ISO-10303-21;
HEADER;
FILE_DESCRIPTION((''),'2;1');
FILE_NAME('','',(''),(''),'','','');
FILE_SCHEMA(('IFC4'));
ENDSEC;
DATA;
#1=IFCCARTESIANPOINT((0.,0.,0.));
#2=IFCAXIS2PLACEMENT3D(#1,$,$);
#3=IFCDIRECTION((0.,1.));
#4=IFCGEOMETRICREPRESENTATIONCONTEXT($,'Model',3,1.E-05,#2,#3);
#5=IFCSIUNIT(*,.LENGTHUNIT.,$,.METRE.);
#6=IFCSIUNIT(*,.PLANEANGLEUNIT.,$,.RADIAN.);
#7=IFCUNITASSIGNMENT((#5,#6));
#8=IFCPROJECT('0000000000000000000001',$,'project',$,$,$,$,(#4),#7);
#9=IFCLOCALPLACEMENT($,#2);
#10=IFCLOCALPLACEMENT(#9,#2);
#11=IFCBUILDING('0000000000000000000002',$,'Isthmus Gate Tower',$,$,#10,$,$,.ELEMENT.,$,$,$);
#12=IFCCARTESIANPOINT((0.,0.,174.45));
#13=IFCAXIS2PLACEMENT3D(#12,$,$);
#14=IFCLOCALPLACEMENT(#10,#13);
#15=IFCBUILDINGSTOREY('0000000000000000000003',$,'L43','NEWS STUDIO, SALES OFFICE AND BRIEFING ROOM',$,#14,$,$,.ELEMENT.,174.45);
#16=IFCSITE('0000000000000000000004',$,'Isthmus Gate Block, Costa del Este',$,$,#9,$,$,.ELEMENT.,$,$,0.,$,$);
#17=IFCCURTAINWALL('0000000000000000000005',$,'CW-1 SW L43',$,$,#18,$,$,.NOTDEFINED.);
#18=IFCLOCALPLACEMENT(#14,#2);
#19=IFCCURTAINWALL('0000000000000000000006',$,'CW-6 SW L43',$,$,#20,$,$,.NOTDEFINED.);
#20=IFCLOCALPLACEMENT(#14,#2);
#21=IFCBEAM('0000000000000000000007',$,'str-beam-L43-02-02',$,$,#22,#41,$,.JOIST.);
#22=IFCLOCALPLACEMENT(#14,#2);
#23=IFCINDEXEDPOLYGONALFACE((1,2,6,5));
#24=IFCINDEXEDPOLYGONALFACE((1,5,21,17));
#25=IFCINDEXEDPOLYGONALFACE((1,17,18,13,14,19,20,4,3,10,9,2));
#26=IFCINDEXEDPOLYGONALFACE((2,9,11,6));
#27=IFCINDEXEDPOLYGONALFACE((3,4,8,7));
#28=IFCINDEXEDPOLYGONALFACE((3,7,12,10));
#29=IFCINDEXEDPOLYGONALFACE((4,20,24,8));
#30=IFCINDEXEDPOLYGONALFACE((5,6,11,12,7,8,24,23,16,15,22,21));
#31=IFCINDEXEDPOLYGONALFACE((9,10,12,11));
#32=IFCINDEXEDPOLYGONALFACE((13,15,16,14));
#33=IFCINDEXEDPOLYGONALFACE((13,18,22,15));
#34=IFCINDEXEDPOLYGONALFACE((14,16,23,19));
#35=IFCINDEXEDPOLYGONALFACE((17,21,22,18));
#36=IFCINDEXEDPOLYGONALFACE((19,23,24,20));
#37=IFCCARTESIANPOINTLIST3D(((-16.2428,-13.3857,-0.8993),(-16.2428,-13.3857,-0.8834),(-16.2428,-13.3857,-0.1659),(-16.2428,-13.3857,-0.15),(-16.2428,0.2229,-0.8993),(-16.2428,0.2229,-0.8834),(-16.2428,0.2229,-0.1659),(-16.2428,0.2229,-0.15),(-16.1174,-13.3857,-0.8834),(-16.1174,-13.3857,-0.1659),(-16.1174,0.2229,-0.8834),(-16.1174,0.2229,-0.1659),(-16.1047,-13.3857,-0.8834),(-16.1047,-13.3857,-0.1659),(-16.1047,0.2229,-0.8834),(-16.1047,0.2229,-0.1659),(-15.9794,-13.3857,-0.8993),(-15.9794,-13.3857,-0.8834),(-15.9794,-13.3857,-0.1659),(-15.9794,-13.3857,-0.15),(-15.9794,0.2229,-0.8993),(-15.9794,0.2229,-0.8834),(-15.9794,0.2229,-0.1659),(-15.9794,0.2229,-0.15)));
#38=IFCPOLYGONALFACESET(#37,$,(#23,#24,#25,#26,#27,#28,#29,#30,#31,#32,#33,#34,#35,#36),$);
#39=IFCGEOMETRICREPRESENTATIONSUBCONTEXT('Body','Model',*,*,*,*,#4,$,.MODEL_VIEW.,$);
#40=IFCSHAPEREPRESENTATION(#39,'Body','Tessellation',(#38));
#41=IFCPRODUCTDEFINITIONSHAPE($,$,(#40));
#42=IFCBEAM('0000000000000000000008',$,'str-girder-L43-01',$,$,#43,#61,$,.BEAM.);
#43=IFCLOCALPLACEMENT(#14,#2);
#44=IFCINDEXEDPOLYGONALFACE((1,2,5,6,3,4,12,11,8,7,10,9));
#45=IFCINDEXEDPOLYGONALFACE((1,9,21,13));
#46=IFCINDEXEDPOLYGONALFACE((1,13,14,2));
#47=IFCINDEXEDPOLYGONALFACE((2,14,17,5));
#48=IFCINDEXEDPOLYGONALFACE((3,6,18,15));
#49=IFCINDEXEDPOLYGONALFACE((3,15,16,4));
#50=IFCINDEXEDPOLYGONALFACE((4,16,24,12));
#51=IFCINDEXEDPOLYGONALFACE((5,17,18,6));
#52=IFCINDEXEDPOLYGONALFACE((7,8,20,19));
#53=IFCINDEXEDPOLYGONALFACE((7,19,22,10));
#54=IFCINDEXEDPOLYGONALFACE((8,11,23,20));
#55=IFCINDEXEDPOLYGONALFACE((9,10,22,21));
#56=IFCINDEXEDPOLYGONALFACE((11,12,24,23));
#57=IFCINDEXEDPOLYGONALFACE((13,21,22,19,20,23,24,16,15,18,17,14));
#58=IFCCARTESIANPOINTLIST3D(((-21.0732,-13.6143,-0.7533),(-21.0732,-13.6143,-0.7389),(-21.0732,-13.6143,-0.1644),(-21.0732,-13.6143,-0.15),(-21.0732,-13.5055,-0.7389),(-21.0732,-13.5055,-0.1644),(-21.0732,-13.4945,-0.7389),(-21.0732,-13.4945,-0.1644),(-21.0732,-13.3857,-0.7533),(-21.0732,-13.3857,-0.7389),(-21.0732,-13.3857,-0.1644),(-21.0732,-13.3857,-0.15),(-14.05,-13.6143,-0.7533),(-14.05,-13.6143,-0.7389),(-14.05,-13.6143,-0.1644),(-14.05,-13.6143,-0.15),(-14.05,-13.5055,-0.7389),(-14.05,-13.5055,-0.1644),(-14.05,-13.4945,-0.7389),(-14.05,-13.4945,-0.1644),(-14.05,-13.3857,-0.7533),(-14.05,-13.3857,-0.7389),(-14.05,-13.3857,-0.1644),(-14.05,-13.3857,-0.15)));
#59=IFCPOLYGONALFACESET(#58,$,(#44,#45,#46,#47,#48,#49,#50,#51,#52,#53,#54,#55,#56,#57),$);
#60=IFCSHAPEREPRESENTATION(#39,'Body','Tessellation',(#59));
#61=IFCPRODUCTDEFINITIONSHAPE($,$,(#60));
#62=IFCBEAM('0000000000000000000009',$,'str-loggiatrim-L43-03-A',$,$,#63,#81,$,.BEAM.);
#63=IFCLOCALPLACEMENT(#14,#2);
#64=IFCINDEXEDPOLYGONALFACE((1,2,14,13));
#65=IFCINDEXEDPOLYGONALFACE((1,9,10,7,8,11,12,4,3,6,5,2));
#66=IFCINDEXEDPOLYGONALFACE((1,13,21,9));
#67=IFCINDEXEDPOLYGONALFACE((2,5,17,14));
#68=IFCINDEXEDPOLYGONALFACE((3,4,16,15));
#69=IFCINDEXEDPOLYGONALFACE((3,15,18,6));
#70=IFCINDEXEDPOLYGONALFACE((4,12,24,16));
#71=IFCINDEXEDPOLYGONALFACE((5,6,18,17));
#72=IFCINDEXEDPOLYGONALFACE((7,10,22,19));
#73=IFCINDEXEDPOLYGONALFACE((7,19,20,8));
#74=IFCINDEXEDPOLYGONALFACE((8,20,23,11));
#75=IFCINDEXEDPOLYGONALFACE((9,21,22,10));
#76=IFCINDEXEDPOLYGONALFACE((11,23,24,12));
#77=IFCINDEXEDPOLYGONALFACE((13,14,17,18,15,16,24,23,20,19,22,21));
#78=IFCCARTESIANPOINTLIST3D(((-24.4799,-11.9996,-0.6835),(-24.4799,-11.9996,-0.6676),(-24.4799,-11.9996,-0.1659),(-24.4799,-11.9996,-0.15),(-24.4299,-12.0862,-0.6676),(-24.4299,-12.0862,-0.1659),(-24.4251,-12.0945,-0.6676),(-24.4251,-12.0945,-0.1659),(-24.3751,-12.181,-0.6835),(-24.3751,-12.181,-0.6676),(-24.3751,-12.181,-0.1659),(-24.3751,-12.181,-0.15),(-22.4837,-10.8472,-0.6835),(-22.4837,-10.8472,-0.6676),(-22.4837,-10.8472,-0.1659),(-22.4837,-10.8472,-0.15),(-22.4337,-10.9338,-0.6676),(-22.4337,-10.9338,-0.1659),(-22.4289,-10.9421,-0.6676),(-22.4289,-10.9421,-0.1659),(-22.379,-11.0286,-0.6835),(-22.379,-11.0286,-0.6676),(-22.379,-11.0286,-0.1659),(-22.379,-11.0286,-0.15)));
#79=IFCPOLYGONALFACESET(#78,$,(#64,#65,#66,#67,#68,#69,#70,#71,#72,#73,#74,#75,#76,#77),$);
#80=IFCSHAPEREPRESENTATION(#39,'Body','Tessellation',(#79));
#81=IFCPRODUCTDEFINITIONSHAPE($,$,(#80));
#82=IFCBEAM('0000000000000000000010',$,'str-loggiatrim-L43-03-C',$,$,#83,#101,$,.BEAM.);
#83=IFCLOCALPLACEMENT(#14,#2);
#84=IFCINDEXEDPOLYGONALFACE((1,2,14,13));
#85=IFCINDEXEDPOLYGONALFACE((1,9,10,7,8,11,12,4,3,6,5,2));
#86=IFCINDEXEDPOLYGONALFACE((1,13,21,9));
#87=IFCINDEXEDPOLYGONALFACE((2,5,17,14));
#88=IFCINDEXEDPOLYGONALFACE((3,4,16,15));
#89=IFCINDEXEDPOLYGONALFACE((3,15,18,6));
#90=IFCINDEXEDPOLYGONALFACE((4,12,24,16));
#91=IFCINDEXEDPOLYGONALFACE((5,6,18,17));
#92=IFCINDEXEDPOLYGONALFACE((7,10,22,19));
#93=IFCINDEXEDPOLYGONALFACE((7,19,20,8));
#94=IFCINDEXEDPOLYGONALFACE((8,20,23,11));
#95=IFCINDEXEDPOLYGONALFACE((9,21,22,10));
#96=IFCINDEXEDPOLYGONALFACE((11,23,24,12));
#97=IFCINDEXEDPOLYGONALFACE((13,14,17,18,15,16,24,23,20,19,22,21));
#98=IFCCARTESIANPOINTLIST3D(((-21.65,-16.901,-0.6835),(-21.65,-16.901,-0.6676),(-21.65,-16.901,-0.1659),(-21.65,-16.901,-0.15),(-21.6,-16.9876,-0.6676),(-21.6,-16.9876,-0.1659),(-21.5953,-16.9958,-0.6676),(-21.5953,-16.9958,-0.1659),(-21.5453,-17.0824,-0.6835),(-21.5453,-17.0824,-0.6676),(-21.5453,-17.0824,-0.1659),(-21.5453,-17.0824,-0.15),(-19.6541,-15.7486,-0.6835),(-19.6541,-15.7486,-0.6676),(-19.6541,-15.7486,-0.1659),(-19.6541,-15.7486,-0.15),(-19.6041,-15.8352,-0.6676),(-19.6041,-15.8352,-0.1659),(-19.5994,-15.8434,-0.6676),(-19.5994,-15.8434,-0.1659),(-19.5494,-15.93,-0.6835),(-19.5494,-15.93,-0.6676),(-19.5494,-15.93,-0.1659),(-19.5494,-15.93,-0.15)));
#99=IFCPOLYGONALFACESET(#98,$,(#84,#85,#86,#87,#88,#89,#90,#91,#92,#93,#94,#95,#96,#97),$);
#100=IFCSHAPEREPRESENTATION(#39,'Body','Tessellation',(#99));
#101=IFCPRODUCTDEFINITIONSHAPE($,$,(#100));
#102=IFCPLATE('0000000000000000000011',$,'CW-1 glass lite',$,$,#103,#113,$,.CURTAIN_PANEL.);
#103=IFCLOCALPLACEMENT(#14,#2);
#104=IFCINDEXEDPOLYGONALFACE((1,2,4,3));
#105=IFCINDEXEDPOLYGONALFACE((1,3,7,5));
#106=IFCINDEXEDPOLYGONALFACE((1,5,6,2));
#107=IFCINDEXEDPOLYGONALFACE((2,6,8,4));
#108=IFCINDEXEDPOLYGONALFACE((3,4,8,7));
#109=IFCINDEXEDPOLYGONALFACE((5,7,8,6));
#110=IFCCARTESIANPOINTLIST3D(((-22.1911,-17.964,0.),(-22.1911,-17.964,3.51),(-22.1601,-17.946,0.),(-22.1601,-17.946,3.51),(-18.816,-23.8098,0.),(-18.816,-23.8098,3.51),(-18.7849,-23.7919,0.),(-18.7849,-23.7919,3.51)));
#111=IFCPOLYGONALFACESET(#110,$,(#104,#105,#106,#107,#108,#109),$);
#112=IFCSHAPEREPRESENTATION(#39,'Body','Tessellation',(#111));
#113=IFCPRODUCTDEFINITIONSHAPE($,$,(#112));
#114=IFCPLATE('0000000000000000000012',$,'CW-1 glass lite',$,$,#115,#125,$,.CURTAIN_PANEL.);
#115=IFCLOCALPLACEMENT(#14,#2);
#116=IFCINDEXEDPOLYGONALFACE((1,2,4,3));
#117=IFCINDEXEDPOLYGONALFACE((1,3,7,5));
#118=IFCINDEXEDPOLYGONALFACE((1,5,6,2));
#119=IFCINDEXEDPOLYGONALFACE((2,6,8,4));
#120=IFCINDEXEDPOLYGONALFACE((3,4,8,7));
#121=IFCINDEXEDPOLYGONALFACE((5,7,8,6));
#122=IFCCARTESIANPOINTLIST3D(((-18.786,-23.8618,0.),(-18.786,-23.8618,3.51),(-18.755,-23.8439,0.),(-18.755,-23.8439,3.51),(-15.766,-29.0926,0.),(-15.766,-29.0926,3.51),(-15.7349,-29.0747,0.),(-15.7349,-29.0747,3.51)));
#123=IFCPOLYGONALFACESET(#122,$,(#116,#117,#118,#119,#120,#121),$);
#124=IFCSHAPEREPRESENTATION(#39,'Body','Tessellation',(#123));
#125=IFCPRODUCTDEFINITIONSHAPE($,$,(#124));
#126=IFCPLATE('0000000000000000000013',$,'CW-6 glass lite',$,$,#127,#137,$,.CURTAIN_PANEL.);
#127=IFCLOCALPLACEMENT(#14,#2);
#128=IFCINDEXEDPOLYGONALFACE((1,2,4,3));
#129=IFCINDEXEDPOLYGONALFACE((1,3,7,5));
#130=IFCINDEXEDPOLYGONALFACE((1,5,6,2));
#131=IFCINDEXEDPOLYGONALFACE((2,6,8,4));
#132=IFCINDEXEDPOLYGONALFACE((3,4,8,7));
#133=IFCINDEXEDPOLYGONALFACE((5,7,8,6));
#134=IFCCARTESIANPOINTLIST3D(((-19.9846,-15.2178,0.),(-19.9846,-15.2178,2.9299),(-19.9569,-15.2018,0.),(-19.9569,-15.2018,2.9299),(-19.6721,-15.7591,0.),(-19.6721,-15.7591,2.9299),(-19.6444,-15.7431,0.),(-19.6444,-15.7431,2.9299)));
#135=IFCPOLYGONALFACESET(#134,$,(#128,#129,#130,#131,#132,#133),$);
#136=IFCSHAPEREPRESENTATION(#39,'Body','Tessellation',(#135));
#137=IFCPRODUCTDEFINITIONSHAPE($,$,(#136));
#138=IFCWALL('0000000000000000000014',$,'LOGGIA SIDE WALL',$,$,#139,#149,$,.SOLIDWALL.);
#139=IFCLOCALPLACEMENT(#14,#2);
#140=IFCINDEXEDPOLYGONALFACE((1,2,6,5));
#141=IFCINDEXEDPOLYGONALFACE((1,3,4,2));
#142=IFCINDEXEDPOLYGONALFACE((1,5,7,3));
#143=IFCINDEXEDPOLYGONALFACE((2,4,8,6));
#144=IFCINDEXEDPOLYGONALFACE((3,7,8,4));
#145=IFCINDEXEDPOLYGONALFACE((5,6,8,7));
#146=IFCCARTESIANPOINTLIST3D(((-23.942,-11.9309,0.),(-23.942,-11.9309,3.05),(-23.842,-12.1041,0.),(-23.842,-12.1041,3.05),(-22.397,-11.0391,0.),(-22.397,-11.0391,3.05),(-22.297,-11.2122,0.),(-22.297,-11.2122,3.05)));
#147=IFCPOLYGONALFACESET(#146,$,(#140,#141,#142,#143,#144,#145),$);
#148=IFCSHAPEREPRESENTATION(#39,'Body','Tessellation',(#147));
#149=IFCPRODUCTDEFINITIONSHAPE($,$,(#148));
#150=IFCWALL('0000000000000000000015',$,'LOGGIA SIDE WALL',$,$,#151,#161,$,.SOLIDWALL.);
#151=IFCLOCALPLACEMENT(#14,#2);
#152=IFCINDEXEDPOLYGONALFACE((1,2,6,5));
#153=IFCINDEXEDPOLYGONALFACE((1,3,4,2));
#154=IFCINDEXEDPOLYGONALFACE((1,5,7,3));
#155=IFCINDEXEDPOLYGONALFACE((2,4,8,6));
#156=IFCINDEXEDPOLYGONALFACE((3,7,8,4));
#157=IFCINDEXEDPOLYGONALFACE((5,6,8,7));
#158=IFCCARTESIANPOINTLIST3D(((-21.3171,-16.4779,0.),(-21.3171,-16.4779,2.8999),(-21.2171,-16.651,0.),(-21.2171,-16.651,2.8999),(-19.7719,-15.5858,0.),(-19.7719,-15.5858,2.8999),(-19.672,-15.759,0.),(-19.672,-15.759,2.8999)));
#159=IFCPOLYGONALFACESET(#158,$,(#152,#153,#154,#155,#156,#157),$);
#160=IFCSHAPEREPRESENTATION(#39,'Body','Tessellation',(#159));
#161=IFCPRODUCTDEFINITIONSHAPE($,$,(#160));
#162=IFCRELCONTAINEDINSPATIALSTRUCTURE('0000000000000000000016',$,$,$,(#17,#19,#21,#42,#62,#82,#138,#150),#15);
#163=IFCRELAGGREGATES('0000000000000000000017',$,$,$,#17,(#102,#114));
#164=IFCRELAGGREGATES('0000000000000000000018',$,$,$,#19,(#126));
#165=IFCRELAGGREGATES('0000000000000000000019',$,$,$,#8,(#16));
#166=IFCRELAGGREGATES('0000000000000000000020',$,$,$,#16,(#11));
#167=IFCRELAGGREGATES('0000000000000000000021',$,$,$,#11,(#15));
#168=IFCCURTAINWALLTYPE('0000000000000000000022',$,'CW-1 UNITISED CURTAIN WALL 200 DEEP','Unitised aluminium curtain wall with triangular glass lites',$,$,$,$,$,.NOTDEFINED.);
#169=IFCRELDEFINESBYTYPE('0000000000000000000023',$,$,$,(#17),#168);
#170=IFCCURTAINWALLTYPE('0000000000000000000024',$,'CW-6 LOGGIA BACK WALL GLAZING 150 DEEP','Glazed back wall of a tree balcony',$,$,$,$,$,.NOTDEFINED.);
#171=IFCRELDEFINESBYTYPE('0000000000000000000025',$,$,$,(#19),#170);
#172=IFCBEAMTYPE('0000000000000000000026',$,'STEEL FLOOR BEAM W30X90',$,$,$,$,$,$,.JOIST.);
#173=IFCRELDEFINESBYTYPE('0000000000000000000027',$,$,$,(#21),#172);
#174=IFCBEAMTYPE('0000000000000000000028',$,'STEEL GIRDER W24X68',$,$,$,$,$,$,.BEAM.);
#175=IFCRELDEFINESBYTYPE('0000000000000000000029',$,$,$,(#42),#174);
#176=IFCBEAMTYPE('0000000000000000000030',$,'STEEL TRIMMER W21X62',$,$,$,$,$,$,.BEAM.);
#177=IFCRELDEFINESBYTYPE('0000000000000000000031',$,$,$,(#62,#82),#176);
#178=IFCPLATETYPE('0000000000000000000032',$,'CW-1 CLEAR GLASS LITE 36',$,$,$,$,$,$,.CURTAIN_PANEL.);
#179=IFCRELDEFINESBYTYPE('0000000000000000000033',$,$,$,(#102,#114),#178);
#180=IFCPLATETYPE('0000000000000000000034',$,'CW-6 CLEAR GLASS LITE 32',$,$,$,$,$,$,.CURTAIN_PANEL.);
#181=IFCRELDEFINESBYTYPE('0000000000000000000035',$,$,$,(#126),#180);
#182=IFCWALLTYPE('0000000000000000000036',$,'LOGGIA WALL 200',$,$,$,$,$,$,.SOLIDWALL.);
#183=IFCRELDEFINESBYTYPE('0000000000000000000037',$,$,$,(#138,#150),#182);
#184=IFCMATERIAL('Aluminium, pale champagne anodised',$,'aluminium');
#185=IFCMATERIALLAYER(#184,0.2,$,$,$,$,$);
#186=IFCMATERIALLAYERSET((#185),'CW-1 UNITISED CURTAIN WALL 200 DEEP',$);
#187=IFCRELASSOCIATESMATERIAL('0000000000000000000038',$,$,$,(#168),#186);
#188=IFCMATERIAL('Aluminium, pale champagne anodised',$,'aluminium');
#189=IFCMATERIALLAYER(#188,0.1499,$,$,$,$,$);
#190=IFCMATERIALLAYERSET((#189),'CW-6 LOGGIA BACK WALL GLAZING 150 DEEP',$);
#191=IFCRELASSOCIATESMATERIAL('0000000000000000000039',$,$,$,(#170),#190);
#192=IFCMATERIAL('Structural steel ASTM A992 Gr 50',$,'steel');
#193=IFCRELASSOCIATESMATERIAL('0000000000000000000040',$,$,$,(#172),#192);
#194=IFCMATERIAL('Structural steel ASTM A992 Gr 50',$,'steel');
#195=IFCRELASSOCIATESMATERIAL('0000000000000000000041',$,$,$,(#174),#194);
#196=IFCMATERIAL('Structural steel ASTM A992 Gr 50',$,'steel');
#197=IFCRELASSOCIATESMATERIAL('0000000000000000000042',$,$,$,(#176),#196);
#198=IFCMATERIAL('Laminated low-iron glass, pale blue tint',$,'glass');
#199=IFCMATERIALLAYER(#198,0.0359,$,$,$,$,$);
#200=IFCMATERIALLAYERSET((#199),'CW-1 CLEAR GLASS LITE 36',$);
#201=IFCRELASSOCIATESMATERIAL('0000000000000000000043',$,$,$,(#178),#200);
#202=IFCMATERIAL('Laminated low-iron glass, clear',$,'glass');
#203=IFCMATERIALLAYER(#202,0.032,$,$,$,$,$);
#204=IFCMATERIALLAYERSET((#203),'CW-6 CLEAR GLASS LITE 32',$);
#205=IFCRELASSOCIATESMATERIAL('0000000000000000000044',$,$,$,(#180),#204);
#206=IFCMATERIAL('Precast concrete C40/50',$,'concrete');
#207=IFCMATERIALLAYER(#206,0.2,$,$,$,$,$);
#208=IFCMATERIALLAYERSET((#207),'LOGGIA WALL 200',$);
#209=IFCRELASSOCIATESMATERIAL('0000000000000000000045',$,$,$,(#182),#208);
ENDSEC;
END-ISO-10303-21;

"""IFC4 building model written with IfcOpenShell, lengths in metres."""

from ifc_helpers import new_model, si_unit, direction, frame, frame_2d, origin, origin_2d, place, context, subcontext, project, spatial, rectangle, i_section, extrude, material, layer, layer_set, material_profile, profile_set, type_object, element, aggregate, save


model = new_model("IFC4")

# Units and contexts
model_context = context("Model", 3, precision=1e-05, world=origin(), true_north=direction((0.0, 1.0)))
body_context = subcontext(model_context, "Body", "Model", "MODEL_VIEW")
ifc_project = project(units=[si_unit("LENGTHUNIT", "METRE"), si_unit("PLANEANGLEUNIT", "RADIAN")], contexts=[model_context])

# Site, building, storey
site_placement = place(None, origin())
site = spatial("IfcSite", under=ifc_project, at=site_placement, Name="Isthmus Gate Block, Costa del Este", CompositionType="ELEMENT", RefElevation=0.0)
building_placement = place(site_placement, origin())
building = spatial("IfcBuilding", under=site, at=building_placement, Name="Isthmus Gate Tower", CompositionType="ELEMENT")
storey_placement = place(building_placement, frame((0.0, 0.0, 174.45)))
storey = spatial("IfcBuildingStorey", under=building, at=storey_placement, Name="L43", Description="NEWS STUDIO, SALES OFFICE AND BRIEFING ROOM", CompositionType="ELEMENT", Elevation=174.45)

# Curtain wall
ifc_material_1 = material(Name="Aluminium, pale champagne anodised", Category="aluminium")
ifc_layer_1 = layer(ifc_material_1, 0.2)
ifc_layer_set_1 = layer_set([ifc_layer_1], Name="CW-1 UNITISED CURTAIN WALL 200 DEEP")
curtain_wall_type_1 = type_object("IfcCurtainWallType", Name="CW-1 UNITISED CURTAIN WALL 200 DEEP", Description="Unitised aluminium curtain wall with triangular glass lites", PredefinedType="NOTDEFINED", material=ifc_layer_set_1)
curtain_wall_1_placement = place(storey_placement, origin())
curtain_wall_1 = element("IfcCurtainWall", 1, at=curtain_wall_1_placement, inside=storey, type_object=curtain_wall_type_1, Name="CW-1 SW L43", PredefinedType="NOTDEFINED")

# Curtain wall
ifc_material_2 = material(Name="Aluminium, pale champagne anodised", Category="aluminium")
ifc_layer_2 = layer(ifc_material_2, 0.1499)
ifc_layer_set_2 = layer_set([ifc_layer_2], Name="CW-6 LOGGIA BACK WALL GLAZING 150 DEEP")
curtain_wall_type_2 = type_object("IfcCurtainWallType", Name="CW-6 LOGGIA BACK WALL GLAZING 150 DEEP", Description="Glazed back wall of a tree balcony", PredefinedType="NOTDEFINED", material=ifc_layer_set_2)
curtain_wall_2_placement = place(storey_placement, origin())
curtain_wall_2 = element("IfcCurtainWall", 2, at=curtain_wall_2_placement, inside=storey, type_object=curtain_wall_type_2, Name="CW-6 SW L43", PredefinedType="NOTDEFINED")

# Beams
ifc_material_3 = material(Name="Structural steel ASTM A992 Gr 50", Category="steel")
ifc_material_profile_1 = material_profile(ifc_material_3, i_section(OverallWidth=0.2634, OverallDepth=0.7493, WebThickness=0.0127, FlangeThickness=0.0159, at=origin_2d()), Name="W30X90")
ifc_profile_set_1 = profile_set([ifc_material_profile_1], Name="Structural steel ASTM A992 Gr 50")
beam_type_1 = type_object("IfcBeamType", Name="STEEL FLOOR BEAM W30X90", PredefinedType="JOIST", material=ifc_profile_set_1)
beam_1_placement = place(storey_placement, frame((-16.1111, -13.3857, -0.5247), z_axis=(0.0, 1.0, 0.0), x_axis=(-1.0, 0.0, 0.0)))
element("IfcBeam", 3, at=beam_1_placement, inside=storey, type_object=beam_type_1, Name="str-beam-L43-02-02", PredefinedType="JOIST", context=body_context, shape_type="SweptSolid", body=[
    extrude(i_section(OverallWidth=0.2634, OverallDepth=0.7493, WebThickness=0.0127, FlangeThickness=0.0159, at=origin_2d()), origin(), (0.0, 0.0, 1.0), 13.6086),
])
ifc_material_4 = material(Name="Structural steel ASTM A992 Gr 50", Category="steel")
ifc_material_profile_2 = material_profile(ifc_material_4, i_section(OverallWidth=0.2285, OverallDepth=0.6033, WebThickness=0.011, FlangeThickness=0.0144, at=origin_2d()), Name="W24X68")
ifc_profile_set_2 = profile_set([ifc_material_profile_2], Name="Structural steel ASTM A992 Gr 50")
beam_type_2 = type_object("IfcBeamType", Name="STEEL GIRDER W24X68", PredefinedType="BEAM", material=ifc_profile_set_2)
beam_2_placement = place(storey_placement, frame((-21.0732, -13.5, -0.4517), z_axis=(1.0, 0.0, 0.0), x_axis=(0.0, 1.0, 0.0)))
element("IfcBeam", 4, at=beam_2_placement, inside=storey, type_object=beam_type_2, Name="str-girder-L43-01", PredefinedType="BEAM", context=body_context, shape_type="SweptSolid", body=[
    extrude(i_section(OverallWidth=0.2285, OverallDepth=0.6033, WebThickness=0.011, FlangeThickness=0.0144, at=origin_2d()), origin(), (0.0, 0.0, 1.0), 7.0232),
])
ifc_material_5 = material(Name="Structural steel ASTM A992 Gr 50", Category="steel")
ifc_material_profile_3 = material_profile(ifc_material_5, i_section(OverallWidth=0.2095, OverallDepth=0.5334, WebThickness=0.0095, FlangeThickness=0.0159, at=origin_2d()), Name="W21X62")
ifc_profile_set_3 = profile_set([ifc_material_profile_3], Name="Structural steel ASTM A992 Gr 50")
beam_type_3 = type_object("IfcBeamType", Name="STEEL TRIMMER W21X62", PredefinedType="BEAM", material=ifc_profile_set_3)
beam_3_placement = place(storey_placement, frame((-24.4275, -12.0903, -0.4167), z_axis=(0.866044, 0.499967, 0.0), x_axis=(-0.499967, 0.866044, 0.0)))
element("IfcBeam", 5, at=beam_3_placement, inside=storey, type_object=beam_type_3, Name="str-loggiatrim-L43-03-A", PredefinedType="BEAM", context=body_context, shape_type="SweptSolid", body=[
    extrude(i_section(OverallWidth=0.2095, OverallDepth=0.5334, WebThickness=0.0095, FlangeThickness=0.0159, at=origin_2d()), origin(), (0.0, 0.0, 1.0), 2.3049),
])
beam_4_placement = place(storey_placement, frame((-21.5977, -16.9917, -0.4167), z_axis=(0.866018, 0.500013, 0.0), x_axis=(-0.500013, 0.866018, 0.0)))
element("IfcBeam", 6, at=beam_4_placement, inside=storey, type_object=beam_type_3, Name="str-loggiatrim-L43-03-C", PredefinedType="BEAM", context=body_context, shape_type="SweptSolid", body=[
    extrude(i_section(OverallWidth=0.2095, OverallDepth=0.5334, WebThickness=0.0095, FlangeThickness=0.0159, at=origin_2d()), origin(), (0.0, 0.0, 1.0), 2.3047),
])

# Plates
ifc_material_6 = material(Name="Laminated low-iron glass, pale blue tint", Category="glass")
ifc_layer_3 = layer(ifc_material_6, 0.0359)
ifc_layer_set_3 = layer_set([ifc_layer_3], Name="CW-1 CLEAR GLASS LITE 36")
plate_type_1 = type_object("IfcPlateType", Name="CW-1 CLEAR GLASS LITE 36", PredefinedType="CURTAIN_PANEL", material=ifc_layer_set_3)
plate_1_placement = place(storey_placement, frame((-20.488, -20.8779, 0.0), z_axis=(0.0, 0.0, 1.0), x_axis=(0.5, -0.866025, 0.0)))
plate_1 = element("IfcPlate", 7, at=plate_1_placement, type_object=plate_type_1, Name="CW-1 glass lite", PredefinedType="CURTAIN_PANEL", context=body_context, shape_type="SweptSolid", body=[
    extrude(rectangle(XDim=6.7502, YDim=0.0359, at=origin_2d()), origin(), (0.0, 0.0, 1.0), 3.51),
])
plate_2_placement = place(storey_placement, frame((-17.2605, -26.4683, 0.0), z_axis=(0.0, 0.0, 1.0), x_axis=(0.5, -0.866025, 0.0)))
plate_2 = element("IfcPlate", 8, at=plate_2_placement, type_object=plate_type_1, Name="CW-1 glass lite", PredefinedType="CURTAIN_PANEL", context=body_context, shape_type="SweptSolid", body=[
    extrude(rectangle(XDim=6.04, YDim=0.0359, at=origin_2d()), origin(), (0.0, 0.0, 1.0), 3.51),
])
aggregate(curtain_wall_1, [plate_1, plate_2])
ifc_material_7 = material(Name="Laminated low-iron glass, clear", Category="glass")
ifc_layer_4 = layer(ifc_material_7, 0.032)
ifc_layer_set_4 = layer_set([ifc_layer_4], Name="CW-6 CLEAR GLASS LITE 32")
plate_type_2 = type_object("IfcPlateType", Name="CW-6 CLEAR GLASS LITE 32", PredefinedType="CURTAIN_PANEL", material=ifc_layer_set_4)
plate_3_placement = place(storey_placement, frame((-19.8145, -15.4805, 0.0), z_axis=(0.0, 0.0, 1.0), x_axis=(0.5, -0.866025, 0.0)))
plate_3 = element("IfcPlate", 9, at=plate_3_placement, type_object=plate_type_2, Name="CW-6 glass lite", PredefinedType="CURTAIN_PANEL", context=body_context, shape_type="SweptSolid", body=[
    extrude(rectangle(XDim=0.625, YDim=0.032, at=origin_2d()), origin(), (0.0, 0.0, 1.0), 2.9299),
])
aggregate(curtain_wall_2, [plate_3])

# Walls
ifc_material_8 = material(Name="Precast concrete C40/50", Category="concrete")
ifc_layer_5 = layer(ifc_material_8, 0.2)
ifc_layer_set_5 = layer_set([ifc_layer_5], Name="LOGGIA WALL 200")
wall_type = type_object("IfcWallType", Name="LOGGIA WALL 200", PredefinedType="SOLIDWALL", material=ifc_layer_set_5)
wall_1_placement = place(storey_placement, frame((-23.8921, -12.0176, 0.0), z_axis=(0.0, 0.0, 1.0), x_axis=(0.866053, 0.499951, 0.0)))
element("IfcWall", 10, at=wall_1_placement, inside=storey, type_object=wall_type, Name="LOGGIA SIDE WALL", PredefinedType="SOLIDWALL", context=body_context, shape_type="SweptSolid", body=[
    extrude(rectangle(XDim=1.7839, YDim=0.2, at=frame_2d((0.8921, 0.0))), origin(), (0.0, 0.0, 1.0), 3.05),
])
wall_2_placement = place(storey_placement, frame((-21.2671, -16.5645, 0.0), z_axis=(0.0, 0.0, 1.0), x_axis=(0.866028, 0.499995, 0.0)))
element("IfcWall", 11, at=wall_2_placement, inside=storey, type_object=wall_type, Name="LOGGIA SIDE WALL", PredefinedType="SOLIDWALL", context=body_context, shape_type="SweptSolid", body=[
    extrude(rectangle(XDim=1.7842, YDim=0.2, at=frame_2d((0.8921, 0.0))), origin(), (0.0, 0.0, 1.0), 2.8999),
])

save(model, "model.ifc")
